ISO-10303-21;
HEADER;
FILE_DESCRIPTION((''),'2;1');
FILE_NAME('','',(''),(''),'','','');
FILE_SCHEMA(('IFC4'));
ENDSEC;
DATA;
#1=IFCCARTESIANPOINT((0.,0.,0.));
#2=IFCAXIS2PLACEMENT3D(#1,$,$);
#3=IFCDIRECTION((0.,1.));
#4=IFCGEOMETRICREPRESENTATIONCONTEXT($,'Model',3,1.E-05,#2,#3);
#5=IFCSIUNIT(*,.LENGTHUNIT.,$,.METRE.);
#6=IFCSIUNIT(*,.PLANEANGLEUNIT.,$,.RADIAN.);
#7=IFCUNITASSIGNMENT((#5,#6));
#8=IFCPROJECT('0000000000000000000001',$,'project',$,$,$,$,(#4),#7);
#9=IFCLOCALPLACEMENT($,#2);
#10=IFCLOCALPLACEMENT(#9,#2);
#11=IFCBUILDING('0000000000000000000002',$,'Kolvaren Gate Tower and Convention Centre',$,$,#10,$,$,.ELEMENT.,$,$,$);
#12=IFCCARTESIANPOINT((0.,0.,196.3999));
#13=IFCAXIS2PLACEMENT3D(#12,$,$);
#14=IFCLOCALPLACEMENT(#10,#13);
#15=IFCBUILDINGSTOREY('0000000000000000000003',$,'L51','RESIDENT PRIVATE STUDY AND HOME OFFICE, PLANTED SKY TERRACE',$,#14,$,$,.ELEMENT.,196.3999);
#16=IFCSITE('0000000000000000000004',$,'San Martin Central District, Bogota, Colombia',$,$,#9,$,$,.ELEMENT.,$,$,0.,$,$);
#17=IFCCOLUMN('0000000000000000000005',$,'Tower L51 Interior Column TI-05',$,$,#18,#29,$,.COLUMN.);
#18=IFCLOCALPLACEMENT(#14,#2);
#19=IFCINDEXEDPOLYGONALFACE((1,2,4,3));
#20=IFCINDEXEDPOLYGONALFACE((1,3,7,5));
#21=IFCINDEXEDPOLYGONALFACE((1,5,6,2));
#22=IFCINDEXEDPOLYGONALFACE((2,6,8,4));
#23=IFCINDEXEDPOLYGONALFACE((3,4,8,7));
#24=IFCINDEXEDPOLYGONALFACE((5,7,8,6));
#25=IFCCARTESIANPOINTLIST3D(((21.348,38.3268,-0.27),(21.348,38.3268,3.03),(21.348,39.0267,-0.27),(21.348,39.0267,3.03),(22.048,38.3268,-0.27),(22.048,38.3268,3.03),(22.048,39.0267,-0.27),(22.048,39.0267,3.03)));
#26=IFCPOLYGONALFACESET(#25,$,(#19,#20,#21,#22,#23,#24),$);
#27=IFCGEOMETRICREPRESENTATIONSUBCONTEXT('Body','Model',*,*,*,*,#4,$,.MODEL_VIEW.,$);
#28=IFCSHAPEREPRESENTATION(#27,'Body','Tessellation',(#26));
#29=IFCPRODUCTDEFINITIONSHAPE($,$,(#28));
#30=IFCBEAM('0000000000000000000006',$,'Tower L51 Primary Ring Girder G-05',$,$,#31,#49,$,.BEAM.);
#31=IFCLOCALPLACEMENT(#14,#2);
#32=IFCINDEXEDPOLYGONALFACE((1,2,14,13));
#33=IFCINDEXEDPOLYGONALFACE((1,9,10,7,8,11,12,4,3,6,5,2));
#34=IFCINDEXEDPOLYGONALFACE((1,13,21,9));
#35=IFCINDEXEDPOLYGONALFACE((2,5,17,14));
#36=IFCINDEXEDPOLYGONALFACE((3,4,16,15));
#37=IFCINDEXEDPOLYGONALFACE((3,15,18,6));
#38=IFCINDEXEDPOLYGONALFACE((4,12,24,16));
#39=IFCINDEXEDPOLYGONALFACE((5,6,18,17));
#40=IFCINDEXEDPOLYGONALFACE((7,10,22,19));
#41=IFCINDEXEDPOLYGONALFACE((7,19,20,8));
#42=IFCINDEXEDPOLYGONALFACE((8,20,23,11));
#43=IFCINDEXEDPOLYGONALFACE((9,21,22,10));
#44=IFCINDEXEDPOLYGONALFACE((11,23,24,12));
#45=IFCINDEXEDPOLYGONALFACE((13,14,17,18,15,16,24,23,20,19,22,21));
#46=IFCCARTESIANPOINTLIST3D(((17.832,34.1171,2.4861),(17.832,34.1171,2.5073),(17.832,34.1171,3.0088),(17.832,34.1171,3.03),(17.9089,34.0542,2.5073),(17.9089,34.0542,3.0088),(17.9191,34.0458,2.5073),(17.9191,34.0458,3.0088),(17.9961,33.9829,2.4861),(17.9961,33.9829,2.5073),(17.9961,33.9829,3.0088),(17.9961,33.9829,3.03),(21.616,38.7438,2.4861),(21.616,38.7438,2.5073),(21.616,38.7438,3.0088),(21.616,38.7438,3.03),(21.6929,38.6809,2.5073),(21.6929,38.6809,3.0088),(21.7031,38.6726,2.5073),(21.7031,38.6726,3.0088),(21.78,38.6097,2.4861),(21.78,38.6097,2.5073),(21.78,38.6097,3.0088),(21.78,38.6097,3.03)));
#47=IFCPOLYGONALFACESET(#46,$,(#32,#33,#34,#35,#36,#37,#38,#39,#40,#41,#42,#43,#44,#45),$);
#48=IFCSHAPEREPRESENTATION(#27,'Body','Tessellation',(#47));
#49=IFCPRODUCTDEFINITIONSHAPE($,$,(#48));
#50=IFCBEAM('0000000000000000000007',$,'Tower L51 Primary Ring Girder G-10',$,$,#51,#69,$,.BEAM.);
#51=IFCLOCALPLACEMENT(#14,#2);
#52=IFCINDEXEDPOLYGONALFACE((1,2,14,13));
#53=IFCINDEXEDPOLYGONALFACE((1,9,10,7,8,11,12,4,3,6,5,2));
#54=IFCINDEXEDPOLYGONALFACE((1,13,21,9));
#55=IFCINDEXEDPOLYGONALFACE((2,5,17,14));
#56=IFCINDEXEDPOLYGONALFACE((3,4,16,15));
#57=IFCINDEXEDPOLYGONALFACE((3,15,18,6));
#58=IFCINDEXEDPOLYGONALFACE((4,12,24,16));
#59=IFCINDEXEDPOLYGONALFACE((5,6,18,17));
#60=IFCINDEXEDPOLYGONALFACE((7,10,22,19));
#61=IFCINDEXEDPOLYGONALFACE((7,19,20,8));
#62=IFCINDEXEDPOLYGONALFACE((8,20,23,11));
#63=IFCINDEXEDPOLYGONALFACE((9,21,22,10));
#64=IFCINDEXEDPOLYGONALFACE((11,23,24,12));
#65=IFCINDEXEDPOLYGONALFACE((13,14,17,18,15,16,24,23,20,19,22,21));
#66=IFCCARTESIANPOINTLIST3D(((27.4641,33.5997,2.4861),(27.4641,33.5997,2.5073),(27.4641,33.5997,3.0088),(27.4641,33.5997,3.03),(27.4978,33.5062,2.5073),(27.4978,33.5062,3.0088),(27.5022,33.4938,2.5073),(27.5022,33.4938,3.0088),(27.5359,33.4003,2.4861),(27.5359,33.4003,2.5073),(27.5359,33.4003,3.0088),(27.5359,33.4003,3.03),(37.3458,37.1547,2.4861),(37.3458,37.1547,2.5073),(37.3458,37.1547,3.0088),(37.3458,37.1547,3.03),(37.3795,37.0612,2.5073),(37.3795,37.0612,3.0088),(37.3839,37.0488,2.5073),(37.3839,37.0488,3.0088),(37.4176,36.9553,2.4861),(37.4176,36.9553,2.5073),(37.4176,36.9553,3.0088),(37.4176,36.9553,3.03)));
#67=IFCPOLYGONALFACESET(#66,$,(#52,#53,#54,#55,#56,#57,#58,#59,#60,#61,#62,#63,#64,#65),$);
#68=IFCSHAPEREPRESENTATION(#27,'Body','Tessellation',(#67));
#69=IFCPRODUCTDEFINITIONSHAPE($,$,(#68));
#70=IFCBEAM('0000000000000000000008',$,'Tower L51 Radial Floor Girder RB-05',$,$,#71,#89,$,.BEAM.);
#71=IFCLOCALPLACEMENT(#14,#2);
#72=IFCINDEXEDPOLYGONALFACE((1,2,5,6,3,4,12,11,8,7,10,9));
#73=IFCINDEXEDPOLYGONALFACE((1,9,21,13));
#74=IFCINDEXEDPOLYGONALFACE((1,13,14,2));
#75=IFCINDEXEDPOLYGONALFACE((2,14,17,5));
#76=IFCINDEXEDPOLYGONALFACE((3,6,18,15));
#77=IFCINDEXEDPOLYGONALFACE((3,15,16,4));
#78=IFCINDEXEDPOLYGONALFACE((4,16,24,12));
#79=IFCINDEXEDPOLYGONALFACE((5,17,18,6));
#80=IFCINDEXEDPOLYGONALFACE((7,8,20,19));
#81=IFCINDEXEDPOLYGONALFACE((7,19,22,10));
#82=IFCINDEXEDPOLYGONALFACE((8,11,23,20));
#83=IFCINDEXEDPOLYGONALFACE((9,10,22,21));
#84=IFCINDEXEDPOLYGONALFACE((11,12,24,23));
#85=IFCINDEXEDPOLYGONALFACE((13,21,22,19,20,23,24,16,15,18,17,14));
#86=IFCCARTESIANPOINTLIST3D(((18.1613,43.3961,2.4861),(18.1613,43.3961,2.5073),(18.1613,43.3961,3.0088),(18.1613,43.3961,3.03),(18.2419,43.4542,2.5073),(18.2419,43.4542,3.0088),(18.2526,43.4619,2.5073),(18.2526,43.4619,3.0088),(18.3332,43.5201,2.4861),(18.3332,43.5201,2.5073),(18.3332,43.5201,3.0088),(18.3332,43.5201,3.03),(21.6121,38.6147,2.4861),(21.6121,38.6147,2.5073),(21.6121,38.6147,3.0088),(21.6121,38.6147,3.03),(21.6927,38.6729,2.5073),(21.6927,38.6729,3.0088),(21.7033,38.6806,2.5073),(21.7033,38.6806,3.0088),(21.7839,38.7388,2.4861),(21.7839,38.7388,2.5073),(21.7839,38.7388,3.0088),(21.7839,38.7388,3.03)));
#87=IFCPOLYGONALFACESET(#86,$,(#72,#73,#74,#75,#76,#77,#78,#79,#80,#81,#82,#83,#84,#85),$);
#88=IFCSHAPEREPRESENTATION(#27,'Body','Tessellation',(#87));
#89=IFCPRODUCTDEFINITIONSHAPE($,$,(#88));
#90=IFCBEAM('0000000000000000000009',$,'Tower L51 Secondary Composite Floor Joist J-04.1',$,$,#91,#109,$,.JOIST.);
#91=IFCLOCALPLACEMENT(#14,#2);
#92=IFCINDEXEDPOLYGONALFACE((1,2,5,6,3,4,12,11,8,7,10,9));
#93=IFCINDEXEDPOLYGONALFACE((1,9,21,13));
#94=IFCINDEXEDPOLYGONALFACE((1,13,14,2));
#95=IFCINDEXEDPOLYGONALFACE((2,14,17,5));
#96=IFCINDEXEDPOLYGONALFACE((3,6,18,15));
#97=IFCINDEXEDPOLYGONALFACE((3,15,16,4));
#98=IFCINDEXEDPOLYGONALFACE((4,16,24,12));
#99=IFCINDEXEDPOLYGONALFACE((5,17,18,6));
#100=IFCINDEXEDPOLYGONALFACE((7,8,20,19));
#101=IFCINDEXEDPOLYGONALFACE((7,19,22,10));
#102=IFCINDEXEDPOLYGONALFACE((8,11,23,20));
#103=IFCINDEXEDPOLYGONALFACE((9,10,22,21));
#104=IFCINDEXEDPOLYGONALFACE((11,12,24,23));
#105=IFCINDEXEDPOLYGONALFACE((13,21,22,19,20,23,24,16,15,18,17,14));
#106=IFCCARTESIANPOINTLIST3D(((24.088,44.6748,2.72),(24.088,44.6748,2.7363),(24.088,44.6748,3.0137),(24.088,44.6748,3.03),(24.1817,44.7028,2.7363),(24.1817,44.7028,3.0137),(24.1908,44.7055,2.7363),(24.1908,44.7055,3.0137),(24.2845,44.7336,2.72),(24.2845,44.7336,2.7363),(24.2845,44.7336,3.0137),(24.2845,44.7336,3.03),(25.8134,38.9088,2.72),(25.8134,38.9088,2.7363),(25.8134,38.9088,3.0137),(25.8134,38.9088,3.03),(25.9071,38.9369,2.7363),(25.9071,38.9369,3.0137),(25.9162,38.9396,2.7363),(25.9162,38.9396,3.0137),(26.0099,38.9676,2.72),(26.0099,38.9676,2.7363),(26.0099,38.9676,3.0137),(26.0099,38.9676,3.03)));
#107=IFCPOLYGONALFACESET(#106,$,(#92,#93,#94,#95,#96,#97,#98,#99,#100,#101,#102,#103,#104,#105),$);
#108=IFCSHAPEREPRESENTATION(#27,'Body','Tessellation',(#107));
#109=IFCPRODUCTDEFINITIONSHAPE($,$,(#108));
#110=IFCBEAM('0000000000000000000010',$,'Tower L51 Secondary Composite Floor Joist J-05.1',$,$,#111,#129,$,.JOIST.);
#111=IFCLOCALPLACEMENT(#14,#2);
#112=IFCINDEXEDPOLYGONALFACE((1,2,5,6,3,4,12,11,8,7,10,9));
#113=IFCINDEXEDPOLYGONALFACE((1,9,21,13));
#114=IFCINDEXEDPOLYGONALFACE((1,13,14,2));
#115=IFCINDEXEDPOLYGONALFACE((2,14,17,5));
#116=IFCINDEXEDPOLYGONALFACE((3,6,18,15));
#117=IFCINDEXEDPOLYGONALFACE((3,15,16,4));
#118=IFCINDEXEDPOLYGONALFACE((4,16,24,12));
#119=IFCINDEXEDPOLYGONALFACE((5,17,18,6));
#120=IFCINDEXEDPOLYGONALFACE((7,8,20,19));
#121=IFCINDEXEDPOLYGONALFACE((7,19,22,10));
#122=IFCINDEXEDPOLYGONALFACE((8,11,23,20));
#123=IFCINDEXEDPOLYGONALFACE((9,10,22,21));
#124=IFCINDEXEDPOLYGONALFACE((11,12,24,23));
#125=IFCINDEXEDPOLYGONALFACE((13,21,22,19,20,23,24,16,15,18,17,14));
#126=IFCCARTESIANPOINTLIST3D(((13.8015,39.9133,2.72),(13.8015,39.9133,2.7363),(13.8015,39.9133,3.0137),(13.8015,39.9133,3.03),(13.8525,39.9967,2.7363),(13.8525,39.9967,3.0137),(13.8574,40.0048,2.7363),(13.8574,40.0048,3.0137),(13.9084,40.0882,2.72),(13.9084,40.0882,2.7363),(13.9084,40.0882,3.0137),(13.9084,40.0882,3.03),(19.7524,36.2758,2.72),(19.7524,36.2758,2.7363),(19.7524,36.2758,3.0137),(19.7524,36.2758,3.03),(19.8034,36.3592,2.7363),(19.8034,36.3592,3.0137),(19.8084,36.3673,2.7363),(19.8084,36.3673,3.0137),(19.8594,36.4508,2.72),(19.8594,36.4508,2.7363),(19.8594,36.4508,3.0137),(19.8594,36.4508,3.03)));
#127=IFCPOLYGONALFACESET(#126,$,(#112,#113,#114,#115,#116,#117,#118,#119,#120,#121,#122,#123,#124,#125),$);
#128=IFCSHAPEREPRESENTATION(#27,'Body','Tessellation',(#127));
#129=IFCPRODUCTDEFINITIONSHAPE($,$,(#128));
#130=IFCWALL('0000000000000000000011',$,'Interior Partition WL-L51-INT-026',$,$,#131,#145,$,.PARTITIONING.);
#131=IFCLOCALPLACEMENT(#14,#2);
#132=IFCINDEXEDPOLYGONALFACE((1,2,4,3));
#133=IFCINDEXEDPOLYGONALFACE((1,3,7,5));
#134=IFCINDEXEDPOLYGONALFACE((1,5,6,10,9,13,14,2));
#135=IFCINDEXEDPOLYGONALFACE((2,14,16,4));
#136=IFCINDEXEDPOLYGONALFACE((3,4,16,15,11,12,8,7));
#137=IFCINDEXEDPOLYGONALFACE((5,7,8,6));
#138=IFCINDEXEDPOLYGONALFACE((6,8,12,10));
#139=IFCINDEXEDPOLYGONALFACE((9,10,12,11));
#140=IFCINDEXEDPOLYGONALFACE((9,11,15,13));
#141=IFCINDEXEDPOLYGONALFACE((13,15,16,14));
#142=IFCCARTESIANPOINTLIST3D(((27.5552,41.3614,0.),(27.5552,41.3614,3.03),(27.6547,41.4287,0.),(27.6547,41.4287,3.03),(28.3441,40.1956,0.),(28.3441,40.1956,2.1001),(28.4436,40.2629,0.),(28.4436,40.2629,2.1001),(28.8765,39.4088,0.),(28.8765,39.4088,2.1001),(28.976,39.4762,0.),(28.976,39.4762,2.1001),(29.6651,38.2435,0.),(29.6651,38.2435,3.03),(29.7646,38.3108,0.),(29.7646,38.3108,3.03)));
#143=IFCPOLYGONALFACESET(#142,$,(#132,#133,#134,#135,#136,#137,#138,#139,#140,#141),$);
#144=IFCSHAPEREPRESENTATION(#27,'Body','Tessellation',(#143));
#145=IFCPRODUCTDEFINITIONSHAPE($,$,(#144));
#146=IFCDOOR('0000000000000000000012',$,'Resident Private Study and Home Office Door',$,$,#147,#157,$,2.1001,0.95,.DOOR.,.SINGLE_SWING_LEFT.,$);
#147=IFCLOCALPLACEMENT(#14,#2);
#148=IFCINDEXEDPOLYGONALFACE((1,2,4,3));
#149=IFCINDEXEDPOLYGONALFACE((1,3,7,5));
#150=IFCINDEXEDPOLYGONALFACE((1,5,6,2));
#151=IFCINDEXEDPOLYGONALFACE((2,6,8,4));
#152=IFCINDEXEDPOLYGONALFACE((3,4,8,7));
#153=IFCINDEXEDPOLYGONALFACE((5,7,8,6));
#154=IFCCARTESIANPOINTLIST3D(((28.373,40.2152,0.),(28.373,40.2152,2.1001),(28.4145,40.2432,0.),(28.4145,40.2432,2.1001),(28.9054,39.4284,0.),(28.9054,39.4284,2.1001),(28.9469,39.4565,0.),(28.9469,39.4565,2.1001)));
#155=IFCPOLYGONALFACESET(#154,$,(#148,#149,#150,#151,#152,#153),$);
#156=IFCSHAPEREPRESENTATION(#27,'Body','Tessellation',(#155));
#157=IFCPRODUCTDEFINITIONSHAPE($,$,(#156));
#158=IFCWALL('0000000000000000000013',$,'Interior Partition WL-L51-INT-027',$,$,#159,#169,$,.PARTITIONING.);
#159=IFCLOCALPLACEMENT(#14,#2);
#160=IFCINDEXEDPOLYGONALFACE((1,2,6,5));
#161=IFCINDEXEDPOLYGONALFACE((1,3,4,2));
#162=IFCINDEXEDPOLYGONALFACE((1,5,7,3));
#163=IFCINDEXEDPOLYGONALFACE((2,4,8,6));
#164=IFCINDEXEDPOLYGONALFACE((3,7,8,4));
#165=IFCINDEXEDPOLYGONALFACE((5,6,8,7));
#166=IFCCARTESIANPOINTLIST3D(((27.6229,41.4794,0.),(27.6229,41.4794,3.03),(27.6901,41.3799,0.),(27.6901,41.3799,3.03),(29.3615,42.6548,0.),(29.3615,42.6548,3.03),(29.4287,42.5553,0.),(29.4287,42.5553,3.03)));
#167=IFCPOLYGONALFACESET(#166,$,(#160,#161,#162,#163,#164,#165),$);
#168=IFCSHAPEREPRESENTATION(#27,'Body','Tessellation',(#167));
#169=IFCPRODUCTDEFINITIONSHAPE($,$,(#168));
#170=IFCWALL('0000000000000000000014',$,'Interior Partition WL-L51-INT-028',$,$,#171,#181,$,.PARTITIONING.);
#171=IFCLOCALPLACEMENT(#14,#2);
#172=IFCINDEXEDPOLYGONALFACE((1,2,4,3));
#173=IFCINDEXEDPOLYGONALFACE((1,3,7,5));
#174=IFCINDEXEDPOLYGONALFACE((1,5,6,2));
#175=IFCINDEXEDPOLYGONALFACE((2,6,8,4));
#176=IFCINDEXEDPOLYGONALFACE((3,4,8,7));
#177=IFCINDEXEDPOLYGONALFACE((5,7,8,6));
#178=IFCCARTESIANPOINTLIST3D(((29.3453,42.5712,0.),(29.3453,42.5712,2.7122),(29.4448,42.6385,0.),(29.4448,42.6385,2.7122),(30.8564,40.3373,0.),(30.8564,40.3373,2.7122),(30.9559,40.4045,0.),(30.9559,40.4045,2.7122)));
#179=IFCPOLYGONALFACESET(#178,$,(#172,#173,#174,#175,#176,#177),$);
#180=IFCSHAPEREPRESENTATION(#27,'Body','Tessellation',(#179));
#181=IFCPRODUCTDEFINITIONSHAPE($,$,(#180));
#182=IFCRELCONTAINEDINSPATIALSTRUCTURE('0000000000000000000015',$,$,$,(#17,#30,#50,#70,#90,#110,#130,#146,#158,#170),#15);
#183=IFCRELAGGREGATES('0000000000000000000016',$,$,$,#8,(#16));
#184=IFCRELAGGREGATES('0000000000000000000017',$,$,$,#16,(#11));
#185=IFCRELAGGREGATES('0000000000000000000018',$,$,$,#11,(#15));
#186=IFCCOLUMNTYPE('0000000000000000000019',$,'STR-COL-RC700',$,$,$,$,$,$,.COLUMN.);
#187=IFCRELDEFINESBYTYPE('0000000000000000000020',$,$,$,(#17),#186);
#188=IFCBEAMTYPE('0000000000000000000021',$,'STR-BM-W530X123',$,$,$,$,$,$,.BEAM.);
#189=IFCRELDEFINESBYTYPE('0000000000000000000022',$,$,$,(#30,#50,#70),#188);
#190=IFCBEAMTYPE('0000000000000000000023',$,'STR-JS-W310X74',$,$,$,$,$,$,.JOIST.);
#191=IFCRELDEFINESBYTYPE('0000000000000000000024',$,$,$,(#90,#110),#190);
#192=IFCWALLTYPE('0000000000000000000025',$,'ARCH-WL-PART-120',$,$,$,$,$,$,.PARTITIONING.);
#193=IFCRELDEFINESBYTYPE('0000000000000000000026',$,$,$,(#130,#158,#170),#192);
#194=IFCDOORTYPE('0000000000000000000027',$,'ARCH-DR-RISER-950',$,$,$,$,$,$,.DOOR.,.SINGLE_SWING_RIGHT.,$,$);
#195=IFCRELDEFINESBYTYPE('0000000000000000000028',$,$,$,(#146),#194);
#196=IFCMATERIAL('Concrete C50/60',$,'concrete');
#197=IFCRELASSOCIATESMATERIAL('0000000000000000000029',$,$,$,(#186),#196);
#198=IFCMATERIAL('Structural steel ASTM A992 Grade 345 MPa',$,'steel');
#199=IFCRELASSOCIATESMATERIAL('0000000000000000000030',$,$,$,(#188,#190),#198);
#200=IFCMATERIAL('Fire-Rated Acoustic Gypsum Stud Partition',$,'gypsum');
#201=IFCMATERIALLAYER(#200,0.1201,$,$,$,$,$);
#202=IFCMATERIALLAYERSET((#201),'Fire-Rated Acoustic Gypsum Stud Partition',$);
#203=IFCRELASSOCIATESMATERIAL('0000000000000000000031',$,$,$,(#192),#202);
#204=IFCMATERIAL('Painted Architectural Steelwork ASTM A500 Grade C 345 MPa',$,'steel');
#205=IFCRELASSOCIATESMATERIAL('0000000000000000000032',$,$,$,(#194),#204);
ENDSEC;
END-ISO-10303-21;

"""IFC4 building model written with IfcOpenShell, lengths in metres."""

from ifc_helpers import new_model, si_unit, direction, frame, frame_2d, origin, origin_2d, place, context, subcontext, project, spatial, rectangle, i_section, extrude, material, layer, layer_set, material_profile, profile_set, type_object, element, fill, save


model = new_model("IFC4")

# Units and contexts
model_context = context("Model", 3, precision=1e-05, world=origin(), true_north=direction((0.0, 1.0)))
body_context = subcontext(model_context, "Body", "Model", "MODEL_VIEW")
ifc_project = project(units=[si_unit("LENGTHUNIT", "METRE"), si_unit("PLANEANGLEUNIT", "RADIAN")], contexts=[model_context])

# Site, building, storey
site_placement = place(None, origin())
site = spatial("IfcSite", under=ifc_project, at=site_placement, Name="San Martin Central District, Bogota, Colombia", CompositionType="ELEMENT", RefElevation=0.0)
building_placement = place(site_placement, origin())
building = spatial("IfcBuilding", under=site, at=building_placement, Name="Kolvaren Gate Tower and Convention Centre", CompositionType="ELEMENT")
storey_placement = place(building_placement, frame((0.0, 0.0, 196.3999)))
storey = spatial("IfcBuildingStorey", under=building, at=storey_placement, Name="L51", Description="RESIDENT PRIVATE STUDY AND HOME OFFICE, PLANTED SKY TERRACE", CompositionType="ELEMENT", Elevation=196.3999)

# Column
ifc_material_1 = material(Name="Concrete C50/60", Category="concrete")
ifc_material_profile_1 = material_profile(ifc_material_1, rectangle(XDim=0.7, YDim=0.7, at=origin_2d()), Name="RC-COL-700X700")
ifc_profile_set_1 = profile_set([ifc_material_profile_1], Name="Concrete C50/60")
column_type = type_object("IfcColumnType", Name="STR-COL-RC700", PredefinedType="COLUMN", material=ifc_profile_set_1)
column_placement = place(storey_placement, frame((21.698, 38.6768, -0.27), z_axis=(0.0, 0.0, 1.0), x_axis=(1.0, 0.0, 0.0)))
element("IfcColumn", 1, at=column_placement, inside=storey, type_object=column_type, Name="Tower L51 Interior Column TI-05", PredefinedType="COLUMN", context=body_context, shape_type="SweptSolid", body=[
    extrude(rectangle(XDim=0.7, YDim=0.7, at=origin_2d()), origin(), (0.0, 0.0, 1.0), 3.3),
])

# Beams
ifc_material_2 = material(Name="Structural steel ASTM A992 Grade 345 MPa", Category="steel")
ifc_material_profile_2 = material_profile(ifc_material_2, i_section(OverallWidth=0.2119, OverallDepth=0.5439, WebThickness=0.0132, FlangeThickness=0.0212, at=origin_2d()), Name="W530X123")
ifc_profile_set_2 = profile_set([ifc_material_profile_2], Name="Structural steel ASTM A992 Grade 345 MPa")
beam_type_1 = type_object("IfcBeamType", Name="STR-BM-W530X123", PredefinedType="BEAM", material=ifc_profile_set_2)
beam_1_placement = place(storey_placement, frame((21.698, 38.6768, 2.7581), z_axis=(-0.633082, -0.774085, 0.0), x_axis=(0.774085, -0.633082, 0.0)))
element("IfcBeam", 2, at=beam_1_placement, inside=storey, type_object=beam_type_1, Name="Tower L51 Primary Ring Girder G-05", PredefinedType="BEAM", context=body_context, shape_type="SweptSolid", body=[
    extrude(i_section(OverallWidth=0.2119, OverallDepth=0.5439, WebThickness=0.0132, FlangeThickness=0.0212, at=origin_2d()), origin(), (0.0, 0.0, 1.0), 5.9771),
])
beam_2_placement = place(storey_placement, frame((27.5, 33.5, 2.7581), z_axis=(0.940961, 0.338514, 0.0), x_axis=(-0.338514, 0.940961, 0.0)))
element("IfcBeam", 3, at=beam_2_placement, inside=storey, type_object=beam_type_1, Name="Tower L51 Primary Ring Girder G-10", PredefinedType="BEAM", context=body_context, shape_type="SweptSolid", body=[
    extrude(i_section(OverallWidth=0.2119, OverallDepth=0.5439, WebThickness=0.0132, FlangeThickness=0.0212, at=origin_2d()), origin(), (0.0, 0.0, 1.0), 10.5017),
])
beam_3_placement = place(storey_placement, frame((21.698, 38.6768, 2.7581), z_axis=(-0.585218, 0.810876, 0.0), x_axis=(-0.810876, -0.585218, 0.0)))
element("IfcBeam", 4, at=beam_3_placement, inside=storey, type_object=beam_type_1, Name="Tower L51 Radial Floor Girder RB-05", PredefinedType="BEAM", context=body_context, shape_type="SweptSolid", body=[
    extrude(i_section(OverallWidth=0.2119, OverallDepth=0.5439, WebThickness=0.0132, FlangeThickness=0.0212, at=origin_2d()), origin(), (0.0, 0.0, 1.0), 5.8965),
])
ifc_material_profile_3 = material_profile(ifc_material_2, i_section(OverallWidth=0.2051, OverallDepth=0.3101, WebThickness=0.0095, FlangeThickness=0.0164, at=origin_2d()), Name="W310X74")
ifc_profile_set_3 = profile_set([ifc_material_profile_3], Name="Structural steel ASTM A992 Grade 345 MPa")
beam_type_2 = type_object("IfcBeamType", Name="STR-JS-W310X74", PredefinedType="JOIST", material=ifc_profile_set_3)
beam_4_placement = place(storey_placement, frame((25.9116, 38.9382, 2.875), z_axis=(-0.286674, 0.958028, 0.0), x_axis=(-0.958028, -0.286674, 0.0)))
element("IfcBeam", 5, at=beam_4_placement, inside=storey, type_object=beam_type_2, Name="Tower L51 Secondary Composite Floor Joist J-04.1", PredefinedType="JOIST", context=body_context, shape_type="SweptSolid", body=[
    extrude(i_section(OverallWidth=0.2051, OverallDepth=0.3101, WebThickness=0.0095, FlangeThickness=0.0164, at=origin_2d()), origin(), (0.0, 0.0, 1.0), 6.0186),
])
beam_5_placement = place(storey_placement, frame((19.8059, 36.3633, 2.875), z_axis=(-0.853233, 0.521531, 0.0), x_axis=(-0.521531, -0.853233, 0.0)))
element("IfcBeam", 6, at=beam_5_placement, inside=storey, type_object=beam_type_2, Name="Tower L51 Secondary Composite Floor Joist J-05.1", PredefinedType="JOIST", context=body_context, shape_type="SweptSolid", body=[
    extrude(i_section(OverallWidth=0.2051, OverallDepth=0.3101, WebThickness=0.0095, FlangeThickness=0.0164, at=origin_2d()), origin(), (0.0, 0.0, 1.0), 6.9746),
])

# Wall, opening, door
ifc_material_3 = material(Name="Fire-Rated Acoustic Gypsum Stud Partition", Category="gypsum")
ifc_layer_1 = layer(ifc_material_3, 0.1201)
ifc_layer_set_1 = layer_set([ifc_layer_1], Name="Fire-Rated Acoustic Gypsum Stud Partition")
wall_type_1 = type_object("IfcWallType", Name="ARCH-WL-PART-120", PredefinedType="PARTITIONING", material=ifc_layer_set_1)
wall_1_placement = place(storey_placement, frame((27.605, 41.395, 0.0), z_axis=(0.0, 0.0, 1.0), x_axis=(0.560434, -0.828199, 0.0)))
wall_1 = element("IfcWall", 7, at=wall_1_placement, inside=storey, type_object=wall_type_1, Name="Interior Partition WL-L51-INT-026", PredefinedType="PARTITIONING", context=body_context, shape_type="SweptSolid", body=[
    extrude(rectangle(XDim=3.7646, YDim=0.1201, at=frame_2d((1.8823, 0.0))), origin(), (0.0, 0.0, 1.0), 3.03),
])
opening_1_placement = place(wall_1_placement, frame((1.4075, 0.0, 0.0)))
opening_1 = element("IfcOpeningElement", 8, at=opening_1_placement, cuts=wall_1, PredefinedType="OPENING", context=body_context, shape_type="SweptSolid", body=[
    extrude(rectangle(XDim=0.95, YDim=2.1001, at=frame_2d((0.4751, 1.05))), frame((0.0, 0.0701, 0.0), z_axis=(0.0, -1.0, 0.0), x_axis=(1.0, 0.0, 0.0)), (0.0, 0.0, 1.0), 0.1401),
])
ifc_material_4 = material(Name="Painted Architectural Steelwork ASTM A500 Grade C 345 MPa", Category="steel")
door_type = type_object("IfcDoorType", Name="ARCH-DR-RISER-950", OperationType="SINGLE_SWING_RIGHT", PredefinedType="DOOR", material=ifc_material_4)
door_1_placement = place(opening_1_placement, origin())
door_1 = element("IfcDoor", 9, at=door_1_placement, inside=storey, type_object=door_type, Name="Resident Private Study and Home Office Door", OperationType="SINGLE_SWING_LEFT", OverallHeight=2.1001, OverallWidth=0.95, PredefinedType="DOOR", context=body_context, shape_type="SweptSolid", body=[
    extrude(rectangle(XDim=0.95, YDim=2.1001, at=frame_2d((0.4751, 1.05))), frame((0.0, 0.0249, 0.0), z_axis=(0.0, -1.0, 0.0), x_axis=(1.0, 0.0, 0.0)), (0.0, 0.0, 1.0), 0.05),
])
fill(opening_1, door_1)

# Walls
wall_2_placement = place(storey_placement, frame((27.6565, 41.4297, 0.0), z_axis=(0.0, 0.0, 1.0), x_axis=(0.828453, 0.560058, 0.0)))
element("IfcWall", 10, at=wall_2_placement, inside=storey, type_object=wall_type_1, Name="Interior Partition WL-L51-INT-027", PredefinedType="PARTITIONING", context=body_context, shape_type="SweptSolid", body=[
    extrude(rectangle(XDim=2.0986, YDim=0.1201, at=frame_2d((1.0493, 0.0))), origin(), (0.0, 0.0, 1.0), 3.03),
])
wall_3_placement = place(storey_placement, frame((29.395, 42.605, 0.0), z_axis=(0.0, 0.0, 1.0), x_axis=(0.560266, -0.828313, 0.0)))
element("IfcWall", 11, at=wall_3_placement, inside=storey, type_object=wall_type_1, Name="Interior Partition WL-L51-INT-028", PredefinedType="PARTITIONING", context=body_context, shape_type="SweptSolid", body=[
    extrude(rectangle(XDim=2.697, YDim=0.1201, at=frame_2d((1.3486, 0.0))), origin(), (0.0, 0.0, 1.0), 2.7122),
])

save(model, "model.ifc")
